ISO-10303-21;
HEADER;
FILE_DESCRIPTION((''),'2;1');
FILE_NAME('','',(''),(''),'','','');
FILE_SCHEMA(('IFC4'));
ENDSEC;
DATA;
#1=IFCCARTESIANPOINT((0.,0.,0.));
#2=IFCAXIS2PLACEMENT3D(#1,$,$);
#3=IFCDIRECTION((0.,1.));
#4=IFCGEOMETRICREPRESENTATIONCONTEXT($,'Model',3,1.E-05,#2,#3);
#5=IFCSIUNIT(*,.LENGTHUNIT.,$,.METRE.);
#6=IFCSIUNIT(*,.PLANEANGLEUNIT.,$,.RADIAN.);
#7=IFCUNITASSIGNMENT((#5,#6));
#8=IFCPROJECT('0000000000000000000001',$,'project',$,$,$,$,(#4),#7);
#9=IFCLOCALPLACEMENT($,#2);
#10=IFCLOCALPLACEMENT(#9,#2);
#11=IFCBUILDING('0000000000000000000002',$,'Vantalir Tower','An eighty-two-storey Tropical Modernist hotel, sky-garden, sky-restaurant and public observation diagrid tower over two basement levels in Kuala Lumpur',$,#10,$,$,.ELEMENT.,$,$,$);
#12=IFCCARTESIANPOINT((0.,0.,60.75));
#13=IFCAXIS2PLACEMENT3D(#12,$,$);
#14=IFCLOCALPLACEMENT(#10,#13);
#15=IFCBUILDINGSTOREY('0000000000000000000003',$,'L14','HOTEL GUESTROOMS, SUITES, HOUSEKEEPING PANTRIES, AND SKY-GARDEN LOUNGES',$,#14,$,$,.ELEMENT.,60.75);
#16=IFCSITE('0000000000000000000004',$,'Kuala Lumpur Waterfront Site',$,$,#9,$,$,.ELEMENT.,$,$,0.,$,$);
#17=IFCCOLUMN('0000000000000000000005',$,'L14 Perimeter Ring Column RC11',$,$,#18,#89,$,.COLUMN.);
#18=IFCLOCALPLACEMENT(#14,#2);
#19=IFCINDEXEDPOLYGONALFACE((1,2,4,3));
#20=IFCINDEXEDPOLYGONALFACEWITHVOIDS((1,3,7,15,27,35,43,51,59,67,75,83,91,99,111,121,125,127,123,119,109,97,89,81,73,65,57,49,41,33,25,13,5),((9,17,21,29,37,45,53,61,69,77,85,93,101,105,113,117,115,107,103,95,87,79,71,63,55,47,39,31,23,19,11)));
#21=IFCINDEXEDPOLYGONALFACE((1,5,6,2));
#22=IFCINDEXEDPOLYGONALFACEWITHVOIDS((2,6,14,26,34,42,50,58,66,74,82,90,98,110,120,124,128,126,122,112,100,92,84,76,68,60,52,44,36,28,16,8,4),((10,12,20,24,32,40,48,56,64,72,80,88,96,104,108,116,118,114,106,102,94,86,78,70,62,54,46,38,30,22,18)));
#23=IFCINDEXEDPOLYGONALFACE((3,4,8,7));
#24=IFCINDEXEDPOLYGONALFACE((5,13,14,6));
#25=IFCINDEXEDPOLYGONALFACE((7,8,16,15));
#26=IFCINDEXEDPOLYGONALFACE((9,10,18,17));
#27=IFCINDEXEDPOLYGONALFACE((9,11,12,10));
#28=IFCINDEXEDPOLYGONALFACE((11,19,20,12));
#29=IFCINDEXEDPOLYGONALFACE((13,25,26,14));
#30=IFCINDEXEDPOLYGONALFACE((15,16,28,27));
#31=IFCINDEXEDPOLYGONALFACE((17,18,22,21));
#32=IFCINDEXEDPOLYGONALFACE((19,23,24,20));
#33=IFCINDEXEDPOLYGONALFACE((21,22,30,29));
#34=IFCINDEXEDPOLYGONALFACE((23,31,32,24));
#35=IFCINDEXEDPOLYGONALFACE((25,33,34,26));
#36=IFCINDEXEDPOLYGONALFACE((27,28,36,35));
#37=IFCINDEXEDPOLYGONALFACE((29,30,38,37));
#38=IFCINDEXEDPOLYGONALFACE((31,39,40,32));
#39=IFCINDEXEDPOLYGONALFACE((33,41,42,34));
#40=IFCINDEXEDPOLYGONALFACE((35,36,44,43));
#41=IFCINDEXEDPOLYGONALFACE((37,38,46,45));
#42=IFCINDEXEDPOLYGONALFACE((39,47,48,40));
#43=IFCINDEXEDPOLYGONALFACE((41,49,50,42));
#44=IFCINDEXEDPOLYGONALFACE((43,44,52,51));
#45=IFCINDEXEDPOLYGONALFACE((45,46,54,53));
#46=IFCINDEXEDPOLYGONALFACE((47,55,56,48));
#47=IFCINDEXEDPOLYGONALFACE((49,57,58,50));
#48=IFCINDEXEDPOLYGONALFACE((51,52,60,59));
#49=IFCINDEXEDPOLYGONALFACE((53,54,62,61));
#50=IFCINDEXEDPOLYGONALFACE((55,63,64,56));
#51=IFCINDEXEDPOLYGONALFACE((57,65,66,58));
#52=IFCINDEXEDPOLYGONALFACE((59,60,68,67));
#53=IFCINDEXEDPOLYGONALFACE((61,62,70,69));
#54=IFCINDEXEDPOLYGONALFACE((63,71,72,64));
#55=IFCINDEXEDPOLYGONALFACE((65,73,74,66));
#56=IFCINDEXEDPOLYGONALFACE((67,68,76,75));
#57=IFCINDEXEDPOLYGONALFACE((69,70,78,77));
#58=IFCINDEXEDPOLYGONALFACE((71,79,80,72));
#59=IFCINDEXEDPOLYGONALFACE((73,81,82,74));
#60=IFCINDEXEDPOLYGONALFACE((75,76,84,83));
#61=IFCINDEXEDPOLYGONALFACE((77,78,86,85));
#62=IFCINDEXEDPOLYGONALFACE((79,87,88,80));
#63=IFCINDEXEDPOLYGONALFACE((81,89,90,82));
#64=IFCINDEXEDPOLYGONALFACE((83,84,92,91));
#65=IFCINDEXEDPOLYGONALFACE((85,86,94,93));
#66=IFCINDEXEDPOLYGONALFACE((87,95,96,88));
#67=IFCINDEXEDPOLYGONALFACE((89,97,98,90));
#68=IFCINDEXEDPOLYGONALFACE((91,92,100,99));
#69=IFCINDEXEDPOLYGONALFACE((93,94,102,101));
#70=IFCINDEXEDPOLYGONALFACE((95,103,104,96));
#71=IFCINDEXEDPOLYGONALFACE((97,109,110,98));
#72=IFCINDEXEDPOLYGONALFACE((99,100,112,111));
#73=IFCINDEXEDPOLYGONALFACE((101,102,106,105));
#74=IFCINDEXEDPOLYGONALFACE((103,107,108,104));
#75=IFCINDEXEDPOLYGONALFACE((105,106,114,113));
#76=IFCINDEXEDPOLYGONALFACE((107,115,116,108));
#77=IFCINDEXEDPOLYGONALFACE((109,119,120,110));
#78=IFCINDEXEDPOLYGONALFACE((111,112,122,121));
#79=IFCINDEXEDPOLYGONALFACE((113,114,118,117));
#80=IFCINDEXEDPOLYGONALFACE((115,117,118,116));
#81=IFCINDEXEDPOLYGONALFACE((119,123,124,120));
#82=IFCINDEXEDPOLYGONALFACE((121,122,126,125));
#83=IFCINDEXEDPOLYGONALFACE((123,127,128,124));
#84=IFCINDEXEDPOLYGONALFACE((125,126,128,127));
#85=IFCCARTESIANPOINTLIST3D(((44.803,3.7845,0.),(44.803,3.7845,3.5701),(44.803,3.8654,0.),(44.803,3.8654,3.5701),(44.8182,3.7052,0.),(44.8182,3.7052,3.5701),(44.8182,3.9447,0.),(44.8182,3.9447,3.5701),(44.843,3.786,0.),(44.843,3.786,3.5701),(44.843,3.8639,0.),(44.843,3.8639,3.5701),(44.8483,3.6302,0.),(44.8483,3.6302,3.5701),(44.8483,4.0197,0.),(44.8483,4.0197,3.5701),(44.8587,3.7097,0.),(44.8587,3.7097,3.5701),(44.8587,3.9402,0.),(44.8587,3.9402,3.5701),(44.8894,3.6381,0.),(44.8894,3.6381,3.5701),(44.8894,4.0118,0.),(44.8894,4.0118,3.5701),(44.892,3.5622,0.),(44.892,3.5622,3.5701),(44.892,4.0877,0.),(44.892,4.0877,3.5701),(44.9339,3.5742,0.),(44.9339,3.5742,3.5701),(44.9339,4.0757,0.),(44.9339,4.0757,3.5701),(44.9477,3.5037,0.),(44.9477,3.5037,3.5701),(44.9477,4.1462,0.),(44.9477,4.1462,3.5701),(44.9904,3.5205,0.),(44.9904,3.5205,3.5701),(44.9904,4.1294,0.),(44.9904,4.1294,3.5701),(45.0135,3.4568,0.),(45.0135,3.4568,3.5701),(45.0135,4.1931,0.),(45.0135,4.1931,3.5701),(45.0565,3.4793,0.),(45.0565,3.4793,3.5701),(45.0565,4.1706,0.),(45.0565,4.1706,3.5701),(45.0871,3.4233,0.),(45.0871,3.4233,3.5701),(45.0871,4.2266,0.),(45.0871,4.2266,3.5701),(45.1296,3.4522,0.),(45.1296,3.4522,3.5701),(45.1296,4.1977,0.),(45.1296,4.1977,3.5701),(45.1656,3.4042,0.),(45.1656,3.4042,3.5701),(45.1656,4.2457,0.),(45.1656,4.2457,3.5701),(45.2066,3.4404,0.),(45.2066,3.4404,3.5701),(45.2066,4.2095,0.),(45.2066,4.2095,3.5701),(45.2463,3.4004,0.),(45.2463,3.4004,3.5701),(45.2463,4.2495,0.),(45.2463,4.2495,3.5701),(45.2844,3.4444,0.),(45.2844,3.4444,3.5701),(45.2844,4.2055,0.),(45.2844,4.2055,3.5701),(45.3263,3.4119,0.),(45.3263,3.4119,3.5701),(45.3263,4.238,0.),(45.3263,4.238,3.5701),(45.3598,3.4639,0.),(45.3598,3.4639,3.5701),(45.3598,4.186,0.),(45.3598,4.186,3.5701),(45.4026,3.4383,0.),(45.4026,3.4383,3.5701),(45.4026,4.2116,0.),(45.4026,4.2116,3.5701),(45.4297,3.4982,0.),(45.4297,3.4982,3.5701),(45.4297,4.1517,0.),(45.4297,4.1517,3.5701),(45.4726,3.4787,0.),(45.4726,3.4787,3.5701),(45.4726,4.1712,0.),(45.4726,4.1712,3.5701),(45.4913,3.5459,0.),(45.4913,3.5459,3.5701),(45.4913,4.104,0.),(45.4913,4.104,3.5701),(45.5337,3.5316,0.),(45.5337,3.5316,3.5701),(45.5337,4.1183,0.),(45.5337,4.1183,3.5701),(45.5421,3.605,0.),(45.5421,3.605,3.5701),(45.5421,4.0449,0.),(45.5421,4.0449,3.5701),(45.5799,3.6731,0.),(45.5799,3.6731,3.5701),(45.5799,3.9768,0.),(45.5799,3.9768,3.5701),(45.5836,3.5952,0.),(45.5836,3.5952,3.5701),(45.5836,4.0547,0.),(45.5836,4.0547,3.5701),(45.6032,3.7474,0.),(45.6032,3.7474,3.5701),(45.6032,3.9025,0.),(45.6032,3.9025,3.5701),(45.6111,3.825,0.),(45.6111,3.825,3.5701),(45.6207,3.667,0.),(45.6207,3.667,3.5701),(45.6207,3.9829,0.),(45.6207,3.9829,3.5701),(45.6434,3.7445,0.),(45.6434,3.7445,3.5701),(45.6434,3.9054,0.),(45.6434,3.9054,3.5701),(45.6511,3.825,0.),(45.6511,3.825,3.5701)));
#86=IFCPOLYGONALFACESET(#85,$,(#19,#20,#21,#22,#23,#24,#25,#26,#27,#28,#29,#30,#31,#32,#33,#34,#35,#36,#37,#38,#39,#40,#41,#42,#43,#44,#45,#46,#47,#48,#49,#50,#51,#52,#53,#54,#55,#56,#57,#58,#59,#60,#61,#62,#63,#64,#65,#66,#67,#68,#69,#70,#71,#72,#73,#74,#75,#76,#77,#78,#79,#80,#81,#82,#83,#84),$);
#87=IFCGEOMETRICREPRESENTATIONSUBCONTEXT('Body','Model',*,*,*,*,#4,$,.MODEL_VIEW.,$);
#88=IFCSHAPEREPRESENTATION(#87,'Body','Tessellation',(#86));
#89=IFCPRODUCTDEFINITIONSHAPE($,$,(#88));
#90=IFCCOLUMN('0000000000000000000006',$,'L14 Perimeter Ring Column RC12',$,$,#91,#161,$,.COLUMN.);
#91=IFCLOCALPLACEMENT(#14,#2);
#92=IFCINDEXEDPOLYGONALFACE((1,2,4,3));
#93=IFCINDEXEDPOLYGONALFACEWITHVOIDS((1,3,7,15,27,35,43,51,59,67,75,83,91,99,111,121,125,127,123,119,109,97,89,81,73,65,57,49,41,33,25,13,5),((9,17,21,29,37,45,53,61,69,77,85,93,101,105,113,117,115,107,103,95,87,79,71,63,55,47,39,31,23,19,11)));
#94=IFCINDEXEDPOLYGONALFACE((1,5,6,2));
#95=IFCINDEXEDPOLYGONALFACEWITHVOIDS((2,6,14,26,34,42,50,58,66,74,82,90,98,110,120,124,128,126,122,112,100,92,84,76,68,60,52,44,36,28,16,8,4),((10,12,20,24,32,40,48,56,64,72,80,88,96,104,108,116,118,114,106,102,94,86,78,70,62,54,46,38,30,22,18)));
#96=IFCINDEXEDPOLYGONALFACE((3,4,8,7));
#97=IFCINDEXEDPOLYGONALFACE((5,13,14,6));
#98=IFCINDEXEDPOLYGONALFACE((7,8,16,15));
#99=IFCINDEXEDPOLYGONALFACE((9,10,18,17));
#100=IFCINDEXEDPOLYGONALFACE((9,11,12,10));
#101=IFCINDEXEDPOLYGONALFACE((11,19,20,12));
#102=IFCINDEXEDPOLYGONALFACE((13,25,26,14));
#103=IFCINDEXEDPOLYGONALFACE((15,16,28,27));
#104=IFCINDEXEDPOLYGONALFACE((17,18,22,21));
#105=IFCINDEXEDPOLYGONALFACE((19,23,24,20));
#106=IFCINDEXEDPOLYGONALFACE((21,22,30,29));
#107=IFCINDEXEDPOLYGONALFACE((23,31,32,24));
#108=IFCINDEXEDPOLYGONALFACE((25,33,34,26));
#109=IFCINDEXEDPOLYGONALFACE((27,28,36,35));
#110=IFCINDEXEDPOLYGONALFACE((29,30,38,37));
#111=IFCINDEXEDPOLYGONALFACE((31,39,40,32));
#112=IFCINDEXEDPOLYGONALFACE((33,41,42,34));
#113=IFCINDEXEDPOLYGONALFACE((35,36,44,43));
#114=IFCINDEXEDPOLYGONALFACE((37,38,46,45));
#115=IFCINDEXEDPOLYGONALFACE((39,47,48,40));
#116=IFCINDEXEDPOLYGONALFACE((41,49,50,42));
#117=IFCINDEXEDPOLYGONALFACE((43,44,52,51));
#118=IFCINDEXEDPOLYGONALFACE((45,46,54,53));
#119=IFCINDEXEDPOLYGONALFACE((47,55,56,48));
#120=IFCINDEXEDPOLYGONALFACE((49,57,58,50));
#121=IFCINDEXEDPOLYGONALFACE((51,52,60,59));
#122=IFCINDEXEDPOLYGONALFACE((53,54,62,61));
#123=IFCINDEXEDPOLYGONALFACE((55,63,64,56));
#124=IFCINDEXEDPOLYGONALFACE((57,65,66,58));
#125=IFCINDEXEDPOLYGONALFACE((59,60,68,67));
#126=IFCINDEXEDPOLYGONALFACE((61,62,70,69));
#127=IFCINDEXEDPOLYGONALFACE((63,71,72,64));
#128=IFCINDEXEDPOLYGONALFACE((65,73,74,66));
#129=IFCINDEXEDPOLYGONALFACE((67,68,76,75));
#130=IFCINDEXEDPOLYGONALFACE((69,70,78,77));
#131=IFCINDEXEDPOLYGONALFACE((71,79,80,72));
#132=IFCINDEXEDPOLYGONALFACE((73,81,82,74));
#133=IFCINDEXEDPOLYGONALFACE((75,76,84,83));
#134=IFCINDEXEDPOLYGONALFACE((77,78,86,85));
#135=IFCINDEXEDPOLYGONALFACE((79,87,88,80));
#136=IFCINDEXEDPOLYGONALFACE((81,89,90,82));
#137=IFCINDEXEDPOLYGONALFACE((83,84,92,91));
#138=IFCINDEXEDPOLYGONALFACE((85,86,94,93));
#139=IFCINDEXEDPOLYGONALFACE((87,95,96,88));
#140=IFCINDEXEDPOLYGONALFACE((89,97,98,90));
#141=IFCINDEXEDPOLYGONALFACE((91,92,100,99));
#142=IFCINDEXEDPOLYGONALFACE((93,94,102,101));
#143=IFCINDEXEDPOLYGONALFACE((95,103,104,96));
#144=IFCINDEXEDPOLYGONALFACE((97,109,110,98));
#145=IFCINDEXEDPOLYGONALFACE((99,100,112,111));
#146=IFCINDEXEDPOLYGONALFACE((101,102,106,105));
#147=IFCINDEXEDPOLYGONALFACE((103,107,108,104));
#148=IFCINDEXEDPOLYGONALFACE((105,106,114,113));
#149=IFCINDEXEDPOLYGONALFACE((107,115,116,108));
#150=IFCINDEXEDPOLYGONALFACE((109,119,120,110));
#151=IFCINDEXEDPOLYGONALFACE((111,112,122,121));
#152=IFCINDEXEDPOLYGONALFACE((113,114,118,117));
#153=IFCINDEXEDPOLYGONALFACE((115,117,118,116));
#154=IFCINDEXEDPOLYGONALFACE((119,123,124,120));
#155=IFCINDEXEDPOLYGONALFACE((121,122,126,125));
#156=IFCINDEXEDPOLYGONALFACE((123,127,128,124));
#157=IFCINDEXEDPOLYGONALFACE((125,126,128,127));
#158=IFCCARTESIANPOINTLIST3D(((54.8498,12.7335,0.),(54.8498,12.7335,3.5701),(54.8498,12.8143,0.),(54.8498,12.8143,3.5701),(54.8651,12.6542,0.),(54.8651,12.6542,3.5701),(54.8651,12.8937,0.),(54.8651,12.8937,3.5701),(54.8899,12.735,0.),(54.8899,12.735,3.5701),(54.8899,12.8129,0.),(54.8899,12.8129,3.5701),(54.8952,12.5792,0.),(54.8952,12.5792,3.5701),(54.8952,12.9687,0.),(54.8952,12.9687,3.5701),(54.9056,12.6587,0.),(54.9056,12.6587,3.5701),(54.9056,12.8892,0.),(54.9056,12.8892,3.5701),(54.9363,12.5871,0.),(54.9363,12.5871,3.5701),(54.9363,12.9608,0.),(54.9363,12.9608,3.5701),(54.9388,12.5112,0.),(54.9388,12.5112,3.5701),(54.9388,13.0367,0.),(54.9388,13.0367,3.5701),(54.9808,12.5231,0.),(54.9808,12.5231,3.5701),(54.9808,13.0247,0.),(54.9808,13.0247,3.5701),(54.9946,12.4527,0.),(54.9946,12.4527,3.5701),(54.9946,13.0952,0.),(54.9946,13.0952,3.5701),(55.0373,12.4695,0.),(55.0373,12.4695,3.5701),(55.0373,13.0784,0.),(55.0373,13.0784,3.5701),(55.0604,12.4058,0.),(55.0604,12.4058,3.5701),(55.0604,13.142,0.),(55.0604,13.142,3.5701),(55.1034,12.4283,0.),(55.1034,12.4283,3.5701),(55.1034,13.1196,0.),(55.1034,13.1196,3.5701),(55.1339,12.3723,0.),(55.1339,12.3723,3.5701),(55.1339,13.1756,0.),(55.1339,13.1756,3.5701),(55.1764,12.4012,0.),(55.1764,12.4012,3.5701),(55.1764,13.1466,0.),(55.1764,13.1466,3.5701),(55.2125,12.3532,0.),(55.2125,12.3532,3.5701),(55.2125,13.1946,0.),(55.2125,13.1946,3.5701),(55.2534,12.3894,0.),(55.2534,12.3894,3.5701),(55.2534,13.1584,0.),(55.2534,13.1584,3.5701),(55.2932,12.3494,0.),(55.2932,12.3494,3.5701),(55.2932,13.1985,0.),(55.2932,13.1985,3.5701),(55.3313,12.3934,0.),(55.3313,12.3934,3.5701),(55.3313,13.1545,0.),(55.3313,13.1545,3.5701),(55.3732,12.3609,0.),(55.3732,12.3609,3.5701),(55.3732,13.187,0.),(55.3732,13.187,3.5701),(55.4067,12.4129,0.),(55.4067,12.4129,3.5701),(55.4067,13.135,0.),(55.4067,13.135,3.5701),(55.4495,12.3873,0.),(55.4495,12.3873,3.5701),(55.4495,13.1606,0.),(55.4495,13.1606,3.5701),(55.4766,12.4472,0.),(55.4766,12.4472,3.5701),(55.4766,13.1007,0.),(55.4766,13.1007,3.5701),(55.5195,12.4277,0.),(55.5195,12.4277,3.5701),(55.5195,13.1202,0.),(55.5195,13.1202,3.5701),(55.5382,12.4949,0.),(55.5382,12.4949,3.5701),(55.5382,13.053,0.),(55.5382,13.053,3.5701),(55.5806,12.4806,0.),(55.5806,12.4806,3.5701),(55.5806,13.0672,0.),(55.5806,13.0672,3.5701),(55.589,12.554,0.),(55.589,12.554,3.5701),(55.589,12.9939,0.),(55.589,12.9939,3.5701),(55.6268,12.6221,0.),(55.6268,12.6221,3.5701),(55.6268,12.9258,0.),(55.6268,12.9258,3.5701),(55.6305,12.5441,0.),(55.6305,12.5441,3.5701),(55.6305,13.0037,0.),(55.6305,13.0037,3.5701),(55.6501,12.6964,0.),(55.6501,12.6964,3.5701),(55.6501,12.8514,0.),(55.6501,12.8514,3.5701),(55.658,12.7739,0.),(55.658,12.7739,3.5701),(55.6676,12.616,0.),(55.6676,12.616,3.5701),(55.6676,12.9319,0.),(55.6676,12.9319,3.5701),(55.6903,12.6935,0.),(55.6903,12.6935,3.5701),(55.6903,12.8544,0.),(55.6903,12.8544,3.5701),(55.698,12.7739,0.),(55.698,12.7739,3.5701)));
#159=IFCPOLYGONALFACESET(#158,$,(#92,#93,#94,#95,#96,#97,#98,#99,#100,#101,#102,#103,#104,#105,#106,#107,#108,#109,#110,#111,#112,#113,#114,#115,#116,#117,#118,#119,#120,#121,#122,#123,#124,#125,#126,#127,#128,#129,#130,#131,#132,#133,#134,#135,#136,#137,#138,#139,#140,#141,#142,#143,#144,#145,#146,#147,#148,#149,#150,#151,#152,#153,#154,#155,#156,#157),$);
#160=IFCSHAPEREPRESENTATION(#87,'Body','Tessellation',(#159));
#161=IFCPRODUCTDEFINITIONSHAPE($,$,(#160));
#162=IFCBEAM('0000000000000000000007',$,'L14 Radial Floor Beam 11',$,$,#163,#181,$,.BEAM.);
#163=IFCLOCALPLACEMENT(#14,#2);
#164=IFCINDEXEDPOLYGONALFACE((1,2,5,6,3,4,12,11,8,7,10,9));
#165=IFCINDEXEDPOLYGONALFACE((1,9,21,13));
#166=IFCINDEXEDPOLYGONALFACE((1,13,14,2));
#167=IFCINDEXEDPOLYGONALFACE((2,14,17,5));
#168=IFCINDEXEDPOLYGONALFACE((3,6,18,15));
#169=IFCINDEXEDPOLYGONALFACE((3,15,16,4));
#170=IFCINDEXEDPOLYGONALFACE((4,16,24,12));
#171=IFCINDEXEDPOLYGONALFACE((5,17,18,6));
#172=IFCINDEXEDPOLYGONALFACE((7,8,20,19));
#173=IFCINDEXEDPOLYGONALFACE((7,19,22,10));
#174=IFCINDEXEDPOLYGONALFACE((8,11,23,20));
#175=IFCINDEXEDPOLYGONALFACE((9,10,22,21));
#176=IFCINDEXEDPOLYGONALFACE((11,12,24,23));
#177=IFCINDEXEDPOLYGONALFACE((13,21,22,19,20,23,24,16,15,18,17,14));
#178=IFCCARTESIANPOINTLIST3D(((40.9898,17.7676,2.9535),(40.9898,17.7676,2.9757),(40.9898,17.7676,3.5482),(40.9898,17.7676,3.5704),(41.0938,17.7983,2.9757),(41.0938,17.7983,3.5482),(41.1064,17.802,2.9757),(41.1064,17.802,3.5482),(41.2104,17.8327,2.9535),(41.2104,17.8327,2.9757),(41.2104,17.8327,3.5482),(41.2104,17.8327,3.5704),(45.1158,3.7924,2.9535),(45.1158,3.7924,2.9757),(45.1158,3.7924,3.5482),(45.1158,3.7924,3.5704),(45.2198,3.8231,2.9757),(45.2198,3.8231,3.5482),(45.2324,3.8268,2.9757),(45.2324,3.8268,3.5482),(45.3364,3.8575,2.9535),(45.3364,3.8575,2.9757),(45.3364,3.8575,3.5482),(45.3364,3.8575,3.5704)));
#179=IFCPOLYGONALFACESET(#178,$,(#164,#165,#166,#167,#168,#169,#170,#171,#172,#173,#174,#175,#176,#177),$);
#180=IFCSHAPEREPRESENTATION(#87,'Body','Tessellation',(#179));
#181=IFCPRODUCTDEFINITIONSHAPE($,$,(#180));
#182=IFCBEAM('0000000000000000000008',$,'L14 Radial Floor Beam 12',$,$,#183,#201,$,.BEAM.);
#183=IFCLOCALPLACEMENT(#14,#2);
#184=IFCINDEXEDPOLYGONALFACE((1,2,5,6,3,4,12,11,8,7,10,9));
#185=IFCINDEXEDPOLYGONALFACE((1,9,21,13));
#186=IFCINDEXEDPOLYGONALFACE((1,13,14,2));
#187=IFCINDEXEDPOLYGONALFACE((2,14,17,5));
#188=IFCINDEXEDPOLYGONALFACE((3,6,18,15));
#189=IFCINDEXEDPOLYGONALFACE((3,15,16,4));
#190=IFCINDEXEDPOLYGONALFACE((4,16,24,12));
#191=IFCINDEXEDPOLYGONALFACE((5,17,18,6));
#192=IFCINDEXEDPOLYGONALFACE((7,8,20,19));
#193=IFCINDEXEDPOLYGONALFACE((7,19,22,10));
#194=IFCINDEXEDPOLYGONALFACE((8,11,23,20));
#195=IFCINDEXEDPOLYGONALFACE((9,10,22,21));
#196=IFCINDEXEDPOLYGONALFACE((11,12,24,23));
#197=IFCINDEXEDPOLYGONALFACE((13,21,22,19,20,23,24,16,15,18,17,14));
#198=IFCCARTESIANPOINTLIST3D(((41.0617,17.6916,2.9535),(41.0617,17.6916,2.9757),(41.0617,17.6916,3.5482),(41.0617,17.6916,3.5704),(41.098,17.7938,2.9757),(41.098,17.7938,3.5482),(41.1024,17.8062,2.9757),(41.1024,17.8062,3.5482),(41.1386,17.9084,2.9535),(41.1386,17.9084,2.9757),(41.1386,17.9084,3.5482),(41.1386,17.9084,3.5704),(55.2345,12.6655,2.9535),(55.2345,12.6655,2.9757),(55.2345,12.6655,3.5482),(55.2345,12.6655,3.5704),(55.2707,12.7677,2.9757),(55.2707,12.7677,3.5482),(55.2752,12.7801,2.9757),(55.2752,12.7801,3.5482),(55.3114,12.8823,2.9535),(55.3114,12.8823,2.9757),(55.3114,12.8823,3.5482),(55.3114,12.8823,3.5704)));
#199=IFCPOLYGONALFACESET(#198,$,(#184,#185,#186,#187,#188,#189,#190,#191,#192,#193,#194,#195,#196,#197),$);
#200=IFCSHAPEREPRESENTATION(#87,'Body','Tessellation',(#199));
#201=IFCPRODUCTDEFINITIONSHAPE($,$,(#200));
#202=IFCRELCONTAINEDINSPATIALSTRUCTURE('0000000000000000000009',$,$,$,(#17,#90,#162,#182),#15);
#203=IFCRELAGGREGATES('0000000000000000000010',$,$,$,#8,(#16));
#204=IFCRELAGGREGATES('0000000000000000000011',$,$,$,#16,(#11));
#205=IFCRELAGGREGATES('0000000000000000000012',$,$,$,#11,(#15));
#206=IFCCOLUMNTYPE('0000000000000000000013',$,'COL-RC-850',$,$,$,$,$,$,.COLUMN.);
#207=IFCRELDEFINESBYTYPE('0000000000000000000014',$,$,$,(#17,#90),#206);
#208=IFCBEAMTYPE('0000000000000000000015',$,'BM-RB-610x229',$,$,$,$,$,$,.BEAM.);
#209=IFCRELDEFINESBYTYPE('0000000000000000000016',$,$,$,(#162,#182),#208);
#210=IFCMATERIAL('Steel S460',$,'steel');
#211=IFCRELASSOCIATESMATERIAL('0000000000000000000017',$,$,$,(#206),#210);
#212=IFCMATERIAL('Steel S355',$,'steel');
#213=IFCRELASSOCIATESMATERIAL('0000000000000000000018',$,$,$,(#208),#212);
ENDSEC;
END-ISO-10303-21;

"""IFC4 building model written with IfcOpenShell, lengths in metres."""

from ifc_helpers import new_model, si_unit, direction, frame, origin, origin_2d, place, context, subcontext, project, spatial, hollow_circle, i_section, extrude, material, material_profile, profile_set, type_object, element, save


model = new_model("IFC4")

# Units and contexts
model_context = context("Model", 3, precision=1e-05, world=origin(), true_north=direction((0.0, 1.0)))
body_context = subcontext(model_context, "Body", "Model", "MODEL_VIEW")
ifc_project = project(units=[si_unit("LENGTHUNIT", "METRE"), si_unit("PLANEANGLEUNIT", "RADIAN")], contexts=[model_context])

# Site, building, storey
site_placement = place(None, origin())
site = spatial("IfcSite", under=ifc_project, at=site_placement, Name="Kuala Lumpur Waterfront Site", CompositionType="ELEMENT", RefElevation=0.0)
building_placement = place(site_placement, origin())
building = spatial("IfcBuilding", under=site, at=building_placement, Name="Vantalir Tower", Description="An eighty-two-storey Tropical Modernist hotel, sky-garden, sky-restaurant and public observation diagrid tower over two basement levels in Kuala Lumpur", CompositionType="ELEMENT")
storey_placement = place(building_placement, frame((0.0, 0.0, 60.75)))
storey = spatial("IfcBuildingStorey", under=building, at=storey_placement, Name="L14", Description="HOTEL GUESTROOMS, SUITES, HOUSEKEEPING PANTRIES, AND SKY-GARDEN LOUNGES", CompositionType="ELEMENT", Elevation=60.75)

# Columns
ifc_material_1 = material(Name="Steel S460", Category="steel")
ifc_material_profile_1 = material_profile(ifc_material_1, hollow_circle(Radius=0.425, WallThickness=0.04, at=origin_2d()), Name="Steel S460")
ifc_profile_set_1 = profile_set([ifc_material_profile_1], Name="Steel S460")
column_type = type_object("IfcColumnType", Name="COL-RC-850", PredefinedType="COLUMN", material=ifc_profile_set_1)
for number, where, z_axis, x_axis, name in (
    (1, (45.2261, 3.825, 0.0), (0.0, 0.0, 1.0), (1.0, 0.0, 0.0), "L14 Perimeter Ring Column RC11"),
    (2, (55.2729, 12.7739, 0.0), (0.0, 0.0, 1.0), (1.0, 0.0, 0.0), "L14 Perimeter Ring Column RC12"),
):
    element("IfcColumn", number, at=place(storey_placement, frame(where, z_axis=z_axis, x_axis=x_axis)), inside=storey, type_object=column_type, Name=name, PredefinedType="COLUMN", context=body_context, shape_type="SweptSolid", body=[
        extrude(hollow_circle(Radius=0.425, WallThickness=0.04, at=origin_2d()), origin(), (0.0, 0.0, 1.0), 3.5701),
    ])

# Beams
ifc_material_2 = material(Name="Steel S355", Category="steel")
ifc_material_profile_2 = material_profile(ifc_material_2, i_section(OverallWidth=0.23, OverallDepth=0.6169, WebThickness=0.0132, FlangeThickness=0.0222, at=origin_2d()), Name="Steel S355")
ifc_profile_set_2 = profile_set([ifc_material_profile_2], Name="Steel S355")
beam_type_1 = type_object("IfcBeamType", Name="BM-RB-610x229", PredefinedType="BEAM", material=ifc_profile_set_2)
beam_1_placement = place(storey_placement, frame((45.2261, 3.825, 3.262), z_axis=(-0.283155, 0.959074, 0.0), x_axis=(-0.959074, -0.283155, 0.0)))
element("IfcBeam", 3, at=beam_1_placement, inside=storey, type_object=beam_type_1, Name="L14 Radial Floor Beam 11", PredefinedType="BEAM", context=body_context, shape_type="SweptSolid", body=[
    extrude(i_section(OverallWidth=0.23, OverallDepth=0.6169, WebThickness=0.0132, FlangeThickness=0.0222, at=origin_2d()), origin(), (0.0, 0.0, 1.0), 14.5715),
])
beam_2_placement = place(storey_placement, frame((55.2729, 12.7739, 3.262), z_axis=(-0.94249, 0.334235, 0.0), x_axis=(-0.334235, -0.94249, 0.0)))
element("IfcBeam", 4, at=beam_2_placement, inside=storey, type_object=beam_type_1, Name="L14 Radial Floor Beam 12", PredefinedType="BEAM", context=body_context, shape_type="SweptSolid", body=[
    extrude(i_section(OverallWidth=0.23, OverallDepth=0.6169, WebThickness=0.0132, FlangeThickness=0.0222, at=origin_2d()), origin(), (0.0, 0.0, 1.0), 15.0376),
])

save(model, "model.ifc")
